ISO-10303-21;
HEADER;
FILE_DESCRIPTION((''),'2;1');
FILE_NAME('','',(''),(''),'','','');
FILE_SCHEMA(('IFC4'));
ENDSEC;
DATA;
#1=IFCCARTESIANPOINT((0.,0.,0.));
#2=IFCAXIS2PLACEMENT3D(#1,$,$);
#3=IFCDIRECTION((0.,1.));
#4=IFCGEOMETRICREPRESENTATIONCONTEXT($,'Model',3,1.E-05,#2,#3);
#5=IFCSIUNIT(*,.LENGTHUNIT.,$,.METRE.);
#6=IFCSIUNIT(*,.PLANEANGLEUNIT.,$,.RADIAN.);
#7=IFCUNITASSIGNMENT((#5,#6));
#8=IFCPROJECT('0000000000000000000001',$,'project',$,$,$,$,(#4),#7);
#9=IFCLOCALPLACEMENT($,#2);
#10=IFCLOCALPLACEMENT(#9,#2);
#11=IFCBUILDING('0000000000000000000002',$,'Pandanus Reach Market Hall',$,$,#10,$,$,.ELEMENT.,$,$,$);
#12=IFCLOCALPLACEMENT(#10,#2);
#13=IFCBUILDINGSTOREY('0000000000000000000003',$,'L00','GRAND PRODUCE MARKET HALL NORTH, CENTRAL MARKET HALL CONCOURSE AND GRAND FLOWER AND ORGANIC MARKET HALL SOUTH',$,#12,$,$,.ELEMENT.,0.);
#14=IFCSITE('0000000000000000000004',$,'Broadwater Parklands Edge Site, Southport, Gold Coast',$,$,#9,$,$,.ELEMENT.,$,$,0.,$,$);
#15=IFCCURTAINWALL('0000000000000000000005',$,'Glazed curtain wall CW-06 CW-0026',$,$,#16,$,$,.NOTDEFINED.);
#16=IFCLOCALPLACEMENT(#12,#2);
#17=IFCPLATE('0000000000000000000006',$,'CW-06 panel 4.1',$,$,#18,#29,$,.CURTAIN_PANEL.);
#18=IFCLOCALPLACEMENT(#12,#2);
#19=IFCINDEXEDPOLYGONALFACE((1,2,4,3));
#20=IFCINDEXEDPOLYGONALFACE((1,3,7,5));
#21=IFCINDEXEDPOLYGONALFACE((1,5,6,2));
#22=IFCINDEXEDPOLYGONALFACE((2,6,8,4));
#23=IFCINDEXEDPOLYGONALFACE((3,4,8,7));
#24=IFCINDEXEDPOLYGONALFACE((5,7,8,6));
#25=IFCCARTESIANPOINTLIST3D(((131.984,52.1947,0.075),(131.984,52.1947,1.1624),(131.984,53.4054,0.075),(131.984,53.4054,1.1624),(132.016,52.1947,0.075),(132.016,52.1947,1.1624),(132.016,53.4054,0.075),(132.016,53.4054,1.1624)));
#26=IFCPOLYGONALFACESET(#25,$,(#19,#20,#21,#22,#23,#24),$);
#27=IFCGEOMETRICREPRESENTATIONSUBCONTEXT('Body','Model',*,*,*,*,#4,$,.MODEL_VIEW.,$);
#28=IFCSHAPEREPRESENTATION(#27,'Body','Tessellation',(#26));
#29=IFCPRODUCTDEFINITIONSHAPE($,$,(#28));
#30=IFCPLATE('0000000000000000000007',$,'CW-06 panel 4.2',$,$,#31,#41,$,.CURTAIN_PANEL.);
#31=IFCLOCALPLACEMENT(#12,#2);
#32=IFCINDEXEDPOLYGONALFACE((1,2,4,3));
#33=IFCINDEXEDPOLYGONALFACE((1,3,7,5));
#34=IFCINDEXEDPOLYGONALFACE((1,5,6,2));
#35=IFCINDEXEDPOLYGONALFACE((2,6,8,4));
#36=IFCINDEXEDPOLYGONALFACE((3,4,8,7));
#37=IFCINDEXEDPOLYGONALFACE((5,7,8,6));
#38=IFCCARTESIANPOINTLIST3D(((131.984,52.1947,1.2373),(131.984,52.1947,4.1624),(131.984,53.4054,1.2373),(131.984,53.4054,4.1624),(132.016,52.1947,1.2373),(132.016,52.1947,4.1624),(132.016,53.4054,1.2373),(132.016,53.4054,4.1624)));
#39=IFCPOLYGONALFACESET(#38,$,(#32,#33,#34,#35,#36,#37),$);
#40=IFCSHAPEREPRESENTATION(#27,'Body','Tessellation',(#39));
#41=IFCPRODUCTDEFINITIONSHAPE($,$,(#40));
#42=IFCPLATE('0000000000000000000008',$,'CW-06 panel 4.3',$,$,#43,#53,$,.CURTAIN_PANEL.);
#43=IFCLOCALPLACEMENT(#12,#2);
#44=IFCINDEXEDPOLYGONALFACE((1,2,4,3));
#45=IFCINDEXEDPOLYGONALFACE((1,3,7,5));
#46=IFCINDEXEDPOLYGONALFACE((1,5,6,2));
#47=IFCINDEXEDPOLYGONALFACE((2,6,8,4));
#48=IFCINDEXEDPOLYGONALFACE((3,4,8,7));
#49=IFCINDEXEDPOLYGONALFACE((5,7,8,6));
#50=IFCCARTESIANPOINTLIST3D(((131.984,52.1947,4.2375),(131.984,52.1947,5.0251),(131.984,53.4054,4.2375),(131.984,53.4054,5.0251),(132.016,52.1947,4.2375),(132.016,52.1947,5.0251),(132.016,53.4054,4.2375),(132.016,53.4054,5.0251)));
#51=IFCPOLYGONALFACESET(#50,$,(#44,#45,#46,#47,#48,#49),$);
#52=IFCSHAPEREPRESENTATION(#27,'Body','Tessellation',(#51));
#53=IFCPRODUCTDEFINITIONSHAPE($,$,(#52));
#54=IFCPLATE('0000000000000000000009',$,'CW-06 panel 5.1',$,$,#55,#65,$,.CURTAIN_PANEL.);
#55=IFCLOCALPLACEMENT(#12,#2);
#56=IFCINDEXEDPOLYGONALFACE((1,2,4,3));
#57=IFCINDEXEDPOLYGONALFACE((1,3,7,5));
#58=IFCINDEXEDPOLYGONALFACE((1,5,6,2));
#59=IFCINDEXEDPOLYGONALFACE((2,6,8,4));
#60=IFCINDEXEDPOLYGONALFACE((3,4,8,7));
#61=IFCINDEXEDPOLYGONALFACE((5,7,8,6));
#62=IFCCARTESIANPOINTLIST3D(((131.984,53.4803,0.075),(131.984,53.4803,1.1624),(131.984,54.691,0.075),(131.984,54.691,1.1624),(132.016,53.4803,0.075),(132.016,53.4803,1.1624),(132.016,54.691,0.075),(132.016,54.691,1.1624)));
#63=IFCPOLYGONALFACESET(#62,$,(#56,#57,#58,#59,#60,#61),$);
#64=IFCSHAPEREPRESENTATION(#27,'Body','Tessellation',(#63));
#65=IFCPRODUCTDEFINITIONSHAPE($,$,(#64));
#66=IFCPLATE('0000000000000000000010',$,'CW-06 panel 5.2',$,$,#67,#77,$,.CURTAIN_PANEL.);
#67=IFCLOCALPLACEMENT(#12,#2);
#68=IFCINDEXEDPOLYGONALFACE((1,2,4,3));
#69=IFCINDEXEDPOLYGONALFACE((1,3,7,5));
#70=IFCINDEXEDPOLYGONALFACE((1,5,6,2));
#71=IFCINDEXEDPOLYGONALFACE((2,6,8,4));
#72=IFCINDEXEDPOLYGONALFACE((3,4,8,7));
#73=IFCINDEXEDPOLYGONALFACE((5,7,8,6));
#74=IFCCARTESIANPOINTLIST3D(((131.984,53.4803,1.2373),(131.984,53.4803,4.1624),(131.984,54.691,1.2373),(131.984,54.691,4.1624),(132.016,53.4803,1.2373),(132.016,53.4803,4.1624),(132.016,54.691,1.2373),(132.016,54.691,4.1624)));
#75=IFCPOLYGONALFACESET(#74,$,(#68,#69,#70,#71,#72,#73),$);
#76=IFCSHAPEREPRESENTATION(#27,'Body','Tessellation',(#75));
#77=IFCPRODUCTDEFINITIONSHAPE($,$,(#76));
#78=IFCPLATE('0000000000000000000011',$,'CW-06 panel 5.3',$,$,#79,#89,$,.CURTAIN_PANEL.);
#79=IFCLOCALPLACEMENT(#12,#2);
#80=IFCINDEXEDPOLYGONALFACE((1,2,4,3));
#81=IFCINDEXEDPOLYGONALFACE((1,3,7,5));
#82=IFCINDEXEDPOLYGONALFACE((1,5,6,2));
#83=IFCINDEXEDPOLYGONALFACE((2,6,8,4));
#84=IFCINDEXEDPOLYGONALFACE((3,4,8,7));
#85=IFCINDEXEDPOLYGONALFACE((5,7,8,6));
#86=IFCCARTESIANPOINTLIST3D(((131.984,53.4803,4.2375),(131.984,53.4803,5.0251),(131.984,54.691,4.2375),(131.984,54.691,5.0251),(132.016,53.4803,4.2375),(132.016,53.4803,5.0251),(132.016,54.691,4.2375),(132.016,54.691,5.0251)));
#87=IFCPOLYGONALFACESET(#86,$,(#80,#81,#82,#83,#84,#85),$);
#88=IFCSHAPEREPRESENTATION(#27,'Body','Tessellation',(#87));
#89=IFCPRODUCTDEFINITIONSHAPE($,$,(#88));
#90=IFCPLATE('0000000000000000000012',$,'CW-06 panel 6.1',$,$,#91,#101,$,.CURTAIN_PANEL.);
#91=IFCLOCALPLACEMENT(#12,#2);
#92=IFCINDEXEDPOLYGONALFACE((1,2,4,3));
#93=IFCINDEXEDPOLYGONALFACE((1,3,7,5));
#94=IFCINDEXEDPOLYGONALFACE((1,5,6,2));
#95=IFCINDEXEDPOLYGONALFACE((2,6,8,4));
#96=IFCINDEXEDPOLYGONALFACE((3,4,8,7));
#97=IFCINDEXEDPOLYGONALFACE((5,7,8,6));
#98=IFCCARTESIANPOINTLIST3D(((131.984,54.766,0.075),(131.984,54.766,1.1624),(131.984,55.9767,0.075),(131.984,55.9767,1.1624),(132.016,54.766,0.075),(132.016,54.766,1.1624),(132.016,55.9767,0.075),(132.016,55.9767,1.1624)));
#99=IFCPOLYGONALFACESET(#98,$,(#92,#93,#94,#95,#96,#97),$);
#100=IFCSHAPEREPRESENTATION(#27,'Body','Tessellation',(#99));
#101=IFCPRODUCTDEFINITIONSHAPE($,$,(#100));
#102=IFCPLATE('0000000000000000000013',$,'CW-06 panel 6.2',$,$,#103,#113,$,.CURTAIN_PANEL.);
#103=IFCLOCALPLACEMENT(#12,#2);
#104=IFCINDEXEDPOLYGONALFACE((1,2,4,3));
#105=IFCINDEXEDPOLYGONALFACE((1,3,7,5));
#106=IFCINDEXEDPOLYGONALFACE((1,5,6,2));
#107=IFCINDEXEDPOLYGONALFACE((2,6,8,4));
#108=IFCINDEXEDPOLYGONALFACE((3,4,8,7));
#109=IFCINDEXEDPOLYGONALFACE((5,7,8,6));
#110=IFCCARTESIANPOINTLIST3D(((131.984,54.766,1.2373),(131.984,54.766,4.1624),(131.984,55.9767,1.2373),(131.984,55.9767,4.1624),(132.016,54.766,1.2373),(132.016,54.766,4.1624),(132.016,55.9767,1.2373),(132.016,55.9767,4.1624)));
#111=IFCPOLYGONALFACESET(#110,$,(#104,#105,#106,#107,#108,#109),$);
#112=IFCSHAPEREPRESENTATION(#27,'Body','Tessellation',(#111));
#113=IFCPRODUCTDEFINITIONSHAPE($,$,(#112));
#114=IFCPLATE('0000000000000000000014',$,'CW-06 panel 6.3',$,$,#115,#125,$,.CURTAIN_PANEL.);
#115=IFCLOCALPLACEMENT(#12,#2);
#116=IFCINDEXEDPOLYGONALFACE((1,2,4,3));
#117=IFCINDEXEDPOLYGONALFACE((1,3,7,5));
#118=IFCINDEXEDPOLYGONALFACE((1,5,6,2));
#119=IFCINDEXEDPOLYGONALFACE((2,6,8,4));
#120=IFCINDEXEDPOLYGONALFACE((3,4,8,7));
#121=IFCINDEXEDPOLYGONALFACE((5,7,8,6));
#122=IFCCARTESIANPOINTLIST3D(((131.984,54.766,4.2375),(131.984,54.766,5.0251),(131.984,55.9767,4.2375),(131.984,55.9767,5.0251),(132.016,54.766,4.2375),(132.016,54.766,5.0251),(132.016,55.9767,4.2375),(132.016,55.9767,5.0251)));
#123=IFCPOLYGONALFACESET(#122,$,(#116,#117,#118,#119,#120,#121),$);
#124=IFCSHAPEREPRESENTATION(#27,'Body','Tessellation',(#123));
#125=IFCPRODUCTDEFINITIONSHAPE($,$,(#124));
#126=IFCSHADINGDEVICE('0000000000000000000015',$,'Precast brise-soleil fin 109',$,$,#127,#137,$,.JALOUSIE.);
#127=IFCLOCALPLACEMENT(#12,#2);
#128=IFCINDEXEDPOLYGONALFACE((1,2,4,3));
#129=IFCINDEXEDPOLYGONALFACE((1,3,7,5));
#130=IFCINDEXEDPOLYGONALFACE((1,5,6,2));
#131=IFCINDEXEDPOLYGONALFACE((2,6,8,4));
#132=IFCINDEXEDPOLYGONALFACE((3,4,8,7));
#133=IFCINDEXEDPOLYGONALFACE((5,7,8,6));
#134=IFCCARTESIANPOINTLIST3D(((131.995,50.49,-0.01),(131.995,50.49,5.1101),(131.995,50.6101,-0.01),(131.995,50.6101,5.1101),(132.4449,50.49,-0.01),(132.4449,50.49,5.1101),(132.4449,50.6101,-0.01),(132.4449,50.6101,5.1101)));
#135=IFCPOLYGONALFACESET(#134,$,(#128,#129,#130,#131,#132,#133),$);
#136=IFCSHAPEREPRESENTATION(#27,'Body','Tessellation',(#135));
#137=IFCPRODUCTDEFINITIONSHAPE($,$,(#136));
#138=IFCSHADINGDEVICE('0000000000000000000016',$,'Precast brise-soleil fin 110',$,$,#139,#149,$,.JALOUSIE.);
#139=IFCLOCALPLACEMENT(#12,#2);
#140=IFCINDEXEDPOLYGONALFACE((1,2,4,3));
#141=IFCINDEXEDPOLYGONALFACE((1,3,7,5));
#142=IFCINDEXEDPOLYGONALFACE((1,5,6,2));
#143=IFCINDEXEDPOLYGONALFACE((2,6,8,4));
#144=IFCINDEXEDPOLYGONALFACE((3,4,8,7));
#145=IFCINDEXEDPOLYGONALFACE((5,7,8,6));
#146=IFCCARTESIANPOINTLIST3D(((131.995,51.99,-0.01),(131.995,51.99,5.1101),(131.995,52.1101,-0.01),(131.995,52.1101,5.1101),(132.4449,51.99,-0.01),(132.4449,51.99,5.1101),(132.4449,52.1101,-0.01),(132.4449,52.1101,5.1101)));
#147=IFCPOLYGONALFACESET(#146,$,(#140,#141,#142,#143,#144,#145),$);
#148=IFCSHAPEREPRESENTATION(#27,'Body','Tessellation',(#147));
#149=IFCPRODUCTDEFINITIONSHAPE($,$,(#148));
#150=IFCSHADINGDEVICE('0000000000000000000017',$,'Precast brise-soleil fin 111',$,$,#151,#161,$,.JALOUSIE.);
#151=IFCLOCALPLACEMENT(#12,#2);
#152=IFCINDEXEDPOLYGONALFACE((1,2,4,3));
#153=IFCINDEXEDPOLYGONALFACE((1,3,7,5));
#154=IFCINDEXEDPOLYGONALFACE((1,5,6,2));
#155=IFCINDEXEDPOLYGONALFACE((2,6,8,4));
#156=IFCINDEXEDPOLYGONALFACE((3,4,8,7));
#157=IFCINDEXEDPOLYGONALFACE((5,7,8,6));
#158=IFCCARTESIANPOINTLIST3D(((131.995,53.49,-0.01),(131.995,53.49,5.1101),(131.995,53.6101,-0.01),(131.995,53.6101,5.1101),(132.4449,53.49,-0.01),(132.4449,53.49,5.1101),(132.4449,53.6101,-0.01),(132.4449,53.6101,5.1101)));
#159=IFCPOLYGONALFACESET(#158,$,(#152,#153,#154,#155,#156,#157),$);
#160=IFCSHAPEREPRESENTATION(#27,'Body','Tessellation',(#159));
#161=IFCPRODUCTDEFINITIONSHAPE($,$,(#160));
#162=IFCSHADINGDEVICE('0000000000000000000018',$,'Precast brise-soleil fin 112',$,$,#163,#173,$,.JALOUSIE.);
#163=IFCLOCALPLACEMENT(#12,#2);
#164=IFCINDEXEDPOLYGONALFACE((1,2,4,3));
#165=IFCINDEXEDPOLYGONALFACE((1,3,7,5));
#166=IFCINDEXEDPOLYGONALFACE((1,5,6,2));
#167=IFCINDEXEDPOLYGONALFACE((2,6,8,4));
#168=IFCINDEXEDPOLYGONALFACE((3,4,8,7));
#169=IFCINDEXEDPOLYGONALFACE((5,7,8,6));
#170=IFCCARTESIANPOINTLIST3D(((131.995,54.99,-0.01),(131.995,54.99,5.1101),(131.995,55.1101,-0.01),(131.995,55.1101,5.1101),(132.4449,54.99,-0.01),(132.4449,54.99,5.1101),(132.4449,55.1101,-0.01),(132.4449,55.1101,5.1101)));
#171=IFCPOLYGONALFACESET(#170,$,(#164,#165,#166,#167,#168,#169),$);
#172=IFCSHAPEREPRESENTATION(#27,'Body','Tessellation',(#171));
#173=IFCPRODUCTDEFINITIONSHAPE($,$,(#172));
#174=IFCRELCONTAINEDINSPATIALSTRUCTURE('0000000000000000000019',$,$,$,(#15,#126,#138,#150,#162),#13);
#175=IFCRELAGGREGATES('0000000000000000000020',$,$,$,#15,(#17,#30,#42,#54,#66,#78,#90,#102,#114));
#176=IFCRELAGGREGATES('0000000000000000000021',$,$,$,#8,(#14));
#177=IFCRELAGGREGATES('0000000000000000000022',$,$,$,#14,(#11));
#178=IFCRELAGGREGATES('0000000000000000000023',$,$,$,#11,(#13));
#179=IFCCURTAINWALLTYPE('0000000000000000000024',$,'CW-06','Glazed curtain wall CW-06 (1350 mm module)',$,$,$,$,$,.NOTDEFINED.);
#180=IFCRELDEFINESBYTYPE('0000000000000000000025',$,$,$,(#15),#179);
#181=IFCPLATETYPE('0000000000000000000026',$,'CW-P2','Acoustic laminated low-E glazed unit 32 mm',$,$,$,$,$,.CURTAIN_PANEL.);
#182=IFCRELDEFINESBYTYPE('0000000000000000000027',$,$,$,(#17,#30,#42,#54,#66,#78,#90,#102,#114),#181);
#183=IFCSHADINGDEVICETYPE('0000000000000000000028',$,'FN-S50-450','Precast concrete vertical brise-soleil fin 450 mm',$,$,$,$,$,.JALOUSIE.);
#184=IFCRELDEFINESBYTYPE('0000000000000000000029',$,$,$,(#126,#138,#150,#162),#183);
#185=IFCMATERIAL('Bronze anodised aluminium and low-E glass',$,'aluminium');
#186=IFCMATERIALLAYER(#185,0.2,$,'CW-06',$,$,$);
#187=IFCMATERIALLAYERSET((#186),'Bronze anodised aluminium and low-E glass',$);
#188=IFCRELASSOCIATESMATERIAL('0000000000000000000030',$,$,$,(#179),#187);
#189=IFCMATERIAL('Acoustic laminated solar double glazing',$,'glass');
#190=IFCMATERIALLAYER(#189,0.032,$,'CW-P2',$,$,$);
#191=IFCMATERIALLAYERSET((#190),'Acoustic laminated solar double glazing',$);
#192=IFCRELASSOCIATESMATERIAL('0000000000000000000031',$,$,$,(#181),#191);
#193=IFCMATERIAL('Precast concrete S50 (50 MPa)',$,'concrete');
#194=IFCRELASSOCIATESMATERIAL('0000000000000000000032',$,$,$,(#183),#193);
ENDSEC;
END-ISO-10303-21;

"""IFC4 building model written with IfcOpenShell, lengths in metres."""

from ifc_helpers import new_model, si_unit, direction, frame, origin, origin_2d, place, context, subcontext, project, spatial, rectangle, extrude, material, layer, layer_set, type_object, element, aggregate, save


model = new_model("IFC4")

# Units and contexts
model_context = context("Model", 3, precision=1e-05, world=origin(), true_north=direction((0.0, 1.0)))
body_context = subcontext(model_context, "Body", "Model", "MODEL_VIEW")
ifc_project = project(units=[si_unit("LENGTHUNIT", "METRE"), si_unit("PLANEANGLEUNIT", "RADIAN")], contexts=[model_context])

# Site, building, storey
site_placement = place(None, origin())
site = spatial("IfcSite", under=ifc_project, at=site_placement, Name="Broadwater Parklands Edge Site, Southport, Gold Coast", CompositionType="ELEMENT", RefElevation=0.0)
building_placement = place(site_placement, origin())
building = spatial("IfcBuilding", under=site, at=building_placement, Name="Pandanus Reach Market Hall", CompositionType="ELEMENT")
storey_placement = place(building_placement, origin())
storey = spatial("IfcBuildingStorey", under=building, at=storey_placement, Name="L00", Description="GRAND PRODUCE MARKET HALL NORTH, CENTRAL MARKET HALL CONCOURSE AND GRAND FLOWER AND ORGANIC MARKET HALL SOUTH", CompositionType="ELEMENT", Elevation=0.0)

# Curtain wall, plates
ifc_material_1 = material(Name="Bronze anodised aluminium and low-E glass", Category="aluminium")
ifc_layer_1 = layer(ifc_material_1, 0.2, Name="CW-06")
ifc_layer_set_1 = layer_set([ifc_layer_1], Name="Bronze anodised aluminium and low-E glass")
curtain_wall_type = type_object("IfcCurtainWallType", Name="CW-06", Description="Glazed curtain wall CW-06 (1350 mm module)", PredefinedType="NOTDEFINED", material=ifc_layer_set_1)
curtain_wall_placement = place(storey_placement, origin())
curtain_wall = element("IfcCurtainWall", 1, at=curtain_wall_placement, inside=storey, type_object=curtain_wall_type, Name="Glazed curtain wall CW-06 CW-0026", PredefinedType="NOTDEFINED")
ifc_material_2 = material(Name="Acoustic laminated solar double glazing", Category="glass")
ifc_layer_2 = layer(ifc_material_2, 0.032, Name="CW-P2")
ifc_layer_set_2 = layer_set([ifc_layer_2], Name="Acoustic laminated solar double glazing")
plate_type = type_object("IfcPlateType", Name="CW-P2", Description="Acoustic laminated low-E glazed unit 32 mm", PredefinedType="CURTAIN_PANEL", material=ifc_layer_set_2)
plate_1_placement = place(storey_placement, frame((132.0, 52.8, 0.075), z_axis=(0.0, 0.0, 1.0), x_axis=(0.0, 1.0, 0.0)))
plate_1 = element("IfcPlate", 2, at=plate_1_placement, type_object=plate_type, Name="CW-06 panel 4.1", PredefinedType="CURTAIN_PANEL", context=body_context, shape_type="SweptSolid", body=[
    extrude(rectangle(XDim=1.2107, YDim=0.032, at=origin_2d()), origin(), (0.0, 0.0, 1.0), 1.0874),
])
plate_2_placement = place(storey_placement, frame((132.0, 52.8, 1.2373), z_axis=(0.0, 0.0, 1.0), x_axis=(0.0, 1.0, 0.0)))
plate_2 = element("IfcPlate", 3, at=plate_2_placement, type_object=plate_type, Name="CW-06 panel 4.2", PredefinedType="CURTAIN_PANEL", context=body_context, shape_type="SweptSolid", body=[
    extrude(rectangle(XDim=1.2107, YDim=0.032, at=origin_2d()), origin(), (0.0, 0.0, 1.0), 2.925),
])
plate_3_placement = place(storey_placement, frame((132.0, 52.8, 4.2375), z_axis=(0.0, 0.0, 1.0), x_axis=(0.0, 1.0, 0.0)))
plate_3 = element("IfcPlate", 4, at=plate_3_placement, type_object=plate_type, Name="CW-06 panel 4.3", PredefinedType="CURTAIN_PANEL", context=body_context, shape_type="SweptSolid", body=[
    extrude(rectangle(XDim=1.2107, YDim=0.032, at=origin_2d()), origin(), (0.0, 0.0, 1.0), 0.7876),
])
plate_4_placement = place(storey_placement, frame((132.0, 54.0857, 0.075), z_axis=(0.0, 0.0, 1.0), x_axis=(0.0, 1.0, 0.0)))
plate_4 = element("IfcPlate", 5, at=plate_4_placement, type_object=plate_type, Name="CW-06 panel 5.1", PredefinedType="CURTAIN_PANEL", context=body_context, shape_type="SweptSolid", body=[
    extrude(rectangle(XDim=1.2107, YDim=0.032, at=origin_2d()), origin(), (0.0, 0.0, 1.0), 1.0874),
])
plate_5_placement = place(storey_placement, frame((132.0, 54.0857, 1.2373), z_axis=(0.0, 0.0, 1.0), x_axis=(0.0, 1.0, 0.0)))
plate_5 = element("IfcPlate", 6, at=plate_5_placement, type_object=plate_type, Name="CW-06 panel 5.2", PredefinedType="CURTAIN_PANEL", context=body_context, shape_type="SweptSolid", body=[
    extrude(rectangle(XDim=1.2107, YDim=0.032, at=origin_2d()), origin(), (0.0, 0.0, 1.0), 2.925),
])
plate_6_placement = place(storey_placement, frame((132.0, 54.0857, 4.2375), z_axis=(0.0, 0.0, 1.0), x_axis=(0.0, 1.0, 0.0)))
plate_6 = element("IfcPlate", 7, at=plate_6_placement, type_object=plate_type, Name="CW-06 panel 5.3", PredefinedType="CURTAIN_PANEL", context=body_context, shape_type="SweptSolid", body=[
    extrude(rectangle(XDim=1.2107, YDim=0.032, at=origin_2d()), origin(), (0.0, 0.0, 1.0), 0.7876),
])
plate_7_placement = place(storey_placement, frame((132.0, 55.3713, 0.075), z_axis=(0.0, 0.0, 1.0), x_axis=(0.0, 1.0, 0.0)))
plate_7 = element("IfcPlate", 8, at=plate_7_placement, type_object=plate_type, Name="CW-06 panel 6.1", PredefinedType="CURTAIN_PANEL", context=body_context, shape_type="SweptSolid", body=[
    extrude(rectangle(XDim=1.2107, YDim=0.032, at=origin_2d()), origin(), (0.0, 0.0, 1.0), 1.0874),
])
plate_8_placement = place(storey_placement, frame((132.0, 55.3713, 1.2373), z_axis=(0.0, 0.0, 1.0), x_axis=(0.0, 1.0, 0.0)))
plate_8 = element("IfcPlate", 9, at=plate_8_placement, type_object=plate_type, Name="CW-06 panel 6.2", PredefinedType="CURTAIN_PANEL", context=body_context, shape_type="SweptSolid", body=[
    extrude(rectangle(XDim=1.2107, YDim=0.032, at=origin_2d()), origin(), (0.0, 0.0, 1.0), 2.925),
])
plate_9_placement = place(storey_placement, frame((132.0, 55.3713, 4.2375), z_axis=(0.0, 0.0, 1.0), x_axis=(0.0, 1.0, 0.0)))
plate_9 = element("IfcPlate", 10, at=plate_9_placement, type_object=plate_type, Name="CW-06 panel 6.3", PredefinedType="CURTAIN_PANEL", context=body_context, shape_type="SweptSolid", body=[
    extrude(rectangle(XDim=1.2107, YDim=0.032, at=origin_2d()), origin(), (0.0, 0.0, 1.0), 0.7876),
])
aggregate(curtain_wall, [plate_1, plate_2, plate_3, plate_4, plate_5, plate_6, plate_7, plate_8, plate_9])

# Shading devices
ifc_material_3 = material(Name="Precast concrete S50 (50 MPa)", Category="concrete")
shading_device_type = type_object("IfcShadingDeviceType", Name="FN-S50-450", Description="Precast concrete vertical brise-soleil fin 450 mm", PredefinedType="JALOUSIE", material=ifc_material_3)
for number, where, z_axis, x_axis, name in (
    (11, (132.22, 50.55, -0.01), (0.0, 0.0, 1.0), (1.0, 0.0, 0.0), "Precast brise-soleil fin 109"),
    (12, (132.22, 52.05, -0.01), (0.0, 0.0, 1.0), (1.0, 0.0, 0.0), "Precast brise-soleil fin 110"),
    (13, (132.22, 53.55, -0.01), (0.0, 0.0, 1.0), (1.0, 0.0, 0.0), "Precast brise-soleil fin 111"),
    (14, (132.22, 55.05, -0.01), (0.0, 0.0, 1.0), (1.0, 0.0, 0.0), "Precast brise-soleil fin 112"),
):
    element("IfcShadingDevice", number, at=place(storey_placement, frame(where, z_axis=z_axis, x_axis=x_axis)), inside=storey, type_object=shading_device_type, Name=name, PredefinedType="JALOUSIE", context=body_context, shape_type="SweptSolid", body=[
        extrude(rectangle(XDim=0.45, YDim=0.1201, at=origin_2d()), origin(), (0.0, 0.0, 1.0), 5.1201),
    ])

save(model, "model.ifc")
